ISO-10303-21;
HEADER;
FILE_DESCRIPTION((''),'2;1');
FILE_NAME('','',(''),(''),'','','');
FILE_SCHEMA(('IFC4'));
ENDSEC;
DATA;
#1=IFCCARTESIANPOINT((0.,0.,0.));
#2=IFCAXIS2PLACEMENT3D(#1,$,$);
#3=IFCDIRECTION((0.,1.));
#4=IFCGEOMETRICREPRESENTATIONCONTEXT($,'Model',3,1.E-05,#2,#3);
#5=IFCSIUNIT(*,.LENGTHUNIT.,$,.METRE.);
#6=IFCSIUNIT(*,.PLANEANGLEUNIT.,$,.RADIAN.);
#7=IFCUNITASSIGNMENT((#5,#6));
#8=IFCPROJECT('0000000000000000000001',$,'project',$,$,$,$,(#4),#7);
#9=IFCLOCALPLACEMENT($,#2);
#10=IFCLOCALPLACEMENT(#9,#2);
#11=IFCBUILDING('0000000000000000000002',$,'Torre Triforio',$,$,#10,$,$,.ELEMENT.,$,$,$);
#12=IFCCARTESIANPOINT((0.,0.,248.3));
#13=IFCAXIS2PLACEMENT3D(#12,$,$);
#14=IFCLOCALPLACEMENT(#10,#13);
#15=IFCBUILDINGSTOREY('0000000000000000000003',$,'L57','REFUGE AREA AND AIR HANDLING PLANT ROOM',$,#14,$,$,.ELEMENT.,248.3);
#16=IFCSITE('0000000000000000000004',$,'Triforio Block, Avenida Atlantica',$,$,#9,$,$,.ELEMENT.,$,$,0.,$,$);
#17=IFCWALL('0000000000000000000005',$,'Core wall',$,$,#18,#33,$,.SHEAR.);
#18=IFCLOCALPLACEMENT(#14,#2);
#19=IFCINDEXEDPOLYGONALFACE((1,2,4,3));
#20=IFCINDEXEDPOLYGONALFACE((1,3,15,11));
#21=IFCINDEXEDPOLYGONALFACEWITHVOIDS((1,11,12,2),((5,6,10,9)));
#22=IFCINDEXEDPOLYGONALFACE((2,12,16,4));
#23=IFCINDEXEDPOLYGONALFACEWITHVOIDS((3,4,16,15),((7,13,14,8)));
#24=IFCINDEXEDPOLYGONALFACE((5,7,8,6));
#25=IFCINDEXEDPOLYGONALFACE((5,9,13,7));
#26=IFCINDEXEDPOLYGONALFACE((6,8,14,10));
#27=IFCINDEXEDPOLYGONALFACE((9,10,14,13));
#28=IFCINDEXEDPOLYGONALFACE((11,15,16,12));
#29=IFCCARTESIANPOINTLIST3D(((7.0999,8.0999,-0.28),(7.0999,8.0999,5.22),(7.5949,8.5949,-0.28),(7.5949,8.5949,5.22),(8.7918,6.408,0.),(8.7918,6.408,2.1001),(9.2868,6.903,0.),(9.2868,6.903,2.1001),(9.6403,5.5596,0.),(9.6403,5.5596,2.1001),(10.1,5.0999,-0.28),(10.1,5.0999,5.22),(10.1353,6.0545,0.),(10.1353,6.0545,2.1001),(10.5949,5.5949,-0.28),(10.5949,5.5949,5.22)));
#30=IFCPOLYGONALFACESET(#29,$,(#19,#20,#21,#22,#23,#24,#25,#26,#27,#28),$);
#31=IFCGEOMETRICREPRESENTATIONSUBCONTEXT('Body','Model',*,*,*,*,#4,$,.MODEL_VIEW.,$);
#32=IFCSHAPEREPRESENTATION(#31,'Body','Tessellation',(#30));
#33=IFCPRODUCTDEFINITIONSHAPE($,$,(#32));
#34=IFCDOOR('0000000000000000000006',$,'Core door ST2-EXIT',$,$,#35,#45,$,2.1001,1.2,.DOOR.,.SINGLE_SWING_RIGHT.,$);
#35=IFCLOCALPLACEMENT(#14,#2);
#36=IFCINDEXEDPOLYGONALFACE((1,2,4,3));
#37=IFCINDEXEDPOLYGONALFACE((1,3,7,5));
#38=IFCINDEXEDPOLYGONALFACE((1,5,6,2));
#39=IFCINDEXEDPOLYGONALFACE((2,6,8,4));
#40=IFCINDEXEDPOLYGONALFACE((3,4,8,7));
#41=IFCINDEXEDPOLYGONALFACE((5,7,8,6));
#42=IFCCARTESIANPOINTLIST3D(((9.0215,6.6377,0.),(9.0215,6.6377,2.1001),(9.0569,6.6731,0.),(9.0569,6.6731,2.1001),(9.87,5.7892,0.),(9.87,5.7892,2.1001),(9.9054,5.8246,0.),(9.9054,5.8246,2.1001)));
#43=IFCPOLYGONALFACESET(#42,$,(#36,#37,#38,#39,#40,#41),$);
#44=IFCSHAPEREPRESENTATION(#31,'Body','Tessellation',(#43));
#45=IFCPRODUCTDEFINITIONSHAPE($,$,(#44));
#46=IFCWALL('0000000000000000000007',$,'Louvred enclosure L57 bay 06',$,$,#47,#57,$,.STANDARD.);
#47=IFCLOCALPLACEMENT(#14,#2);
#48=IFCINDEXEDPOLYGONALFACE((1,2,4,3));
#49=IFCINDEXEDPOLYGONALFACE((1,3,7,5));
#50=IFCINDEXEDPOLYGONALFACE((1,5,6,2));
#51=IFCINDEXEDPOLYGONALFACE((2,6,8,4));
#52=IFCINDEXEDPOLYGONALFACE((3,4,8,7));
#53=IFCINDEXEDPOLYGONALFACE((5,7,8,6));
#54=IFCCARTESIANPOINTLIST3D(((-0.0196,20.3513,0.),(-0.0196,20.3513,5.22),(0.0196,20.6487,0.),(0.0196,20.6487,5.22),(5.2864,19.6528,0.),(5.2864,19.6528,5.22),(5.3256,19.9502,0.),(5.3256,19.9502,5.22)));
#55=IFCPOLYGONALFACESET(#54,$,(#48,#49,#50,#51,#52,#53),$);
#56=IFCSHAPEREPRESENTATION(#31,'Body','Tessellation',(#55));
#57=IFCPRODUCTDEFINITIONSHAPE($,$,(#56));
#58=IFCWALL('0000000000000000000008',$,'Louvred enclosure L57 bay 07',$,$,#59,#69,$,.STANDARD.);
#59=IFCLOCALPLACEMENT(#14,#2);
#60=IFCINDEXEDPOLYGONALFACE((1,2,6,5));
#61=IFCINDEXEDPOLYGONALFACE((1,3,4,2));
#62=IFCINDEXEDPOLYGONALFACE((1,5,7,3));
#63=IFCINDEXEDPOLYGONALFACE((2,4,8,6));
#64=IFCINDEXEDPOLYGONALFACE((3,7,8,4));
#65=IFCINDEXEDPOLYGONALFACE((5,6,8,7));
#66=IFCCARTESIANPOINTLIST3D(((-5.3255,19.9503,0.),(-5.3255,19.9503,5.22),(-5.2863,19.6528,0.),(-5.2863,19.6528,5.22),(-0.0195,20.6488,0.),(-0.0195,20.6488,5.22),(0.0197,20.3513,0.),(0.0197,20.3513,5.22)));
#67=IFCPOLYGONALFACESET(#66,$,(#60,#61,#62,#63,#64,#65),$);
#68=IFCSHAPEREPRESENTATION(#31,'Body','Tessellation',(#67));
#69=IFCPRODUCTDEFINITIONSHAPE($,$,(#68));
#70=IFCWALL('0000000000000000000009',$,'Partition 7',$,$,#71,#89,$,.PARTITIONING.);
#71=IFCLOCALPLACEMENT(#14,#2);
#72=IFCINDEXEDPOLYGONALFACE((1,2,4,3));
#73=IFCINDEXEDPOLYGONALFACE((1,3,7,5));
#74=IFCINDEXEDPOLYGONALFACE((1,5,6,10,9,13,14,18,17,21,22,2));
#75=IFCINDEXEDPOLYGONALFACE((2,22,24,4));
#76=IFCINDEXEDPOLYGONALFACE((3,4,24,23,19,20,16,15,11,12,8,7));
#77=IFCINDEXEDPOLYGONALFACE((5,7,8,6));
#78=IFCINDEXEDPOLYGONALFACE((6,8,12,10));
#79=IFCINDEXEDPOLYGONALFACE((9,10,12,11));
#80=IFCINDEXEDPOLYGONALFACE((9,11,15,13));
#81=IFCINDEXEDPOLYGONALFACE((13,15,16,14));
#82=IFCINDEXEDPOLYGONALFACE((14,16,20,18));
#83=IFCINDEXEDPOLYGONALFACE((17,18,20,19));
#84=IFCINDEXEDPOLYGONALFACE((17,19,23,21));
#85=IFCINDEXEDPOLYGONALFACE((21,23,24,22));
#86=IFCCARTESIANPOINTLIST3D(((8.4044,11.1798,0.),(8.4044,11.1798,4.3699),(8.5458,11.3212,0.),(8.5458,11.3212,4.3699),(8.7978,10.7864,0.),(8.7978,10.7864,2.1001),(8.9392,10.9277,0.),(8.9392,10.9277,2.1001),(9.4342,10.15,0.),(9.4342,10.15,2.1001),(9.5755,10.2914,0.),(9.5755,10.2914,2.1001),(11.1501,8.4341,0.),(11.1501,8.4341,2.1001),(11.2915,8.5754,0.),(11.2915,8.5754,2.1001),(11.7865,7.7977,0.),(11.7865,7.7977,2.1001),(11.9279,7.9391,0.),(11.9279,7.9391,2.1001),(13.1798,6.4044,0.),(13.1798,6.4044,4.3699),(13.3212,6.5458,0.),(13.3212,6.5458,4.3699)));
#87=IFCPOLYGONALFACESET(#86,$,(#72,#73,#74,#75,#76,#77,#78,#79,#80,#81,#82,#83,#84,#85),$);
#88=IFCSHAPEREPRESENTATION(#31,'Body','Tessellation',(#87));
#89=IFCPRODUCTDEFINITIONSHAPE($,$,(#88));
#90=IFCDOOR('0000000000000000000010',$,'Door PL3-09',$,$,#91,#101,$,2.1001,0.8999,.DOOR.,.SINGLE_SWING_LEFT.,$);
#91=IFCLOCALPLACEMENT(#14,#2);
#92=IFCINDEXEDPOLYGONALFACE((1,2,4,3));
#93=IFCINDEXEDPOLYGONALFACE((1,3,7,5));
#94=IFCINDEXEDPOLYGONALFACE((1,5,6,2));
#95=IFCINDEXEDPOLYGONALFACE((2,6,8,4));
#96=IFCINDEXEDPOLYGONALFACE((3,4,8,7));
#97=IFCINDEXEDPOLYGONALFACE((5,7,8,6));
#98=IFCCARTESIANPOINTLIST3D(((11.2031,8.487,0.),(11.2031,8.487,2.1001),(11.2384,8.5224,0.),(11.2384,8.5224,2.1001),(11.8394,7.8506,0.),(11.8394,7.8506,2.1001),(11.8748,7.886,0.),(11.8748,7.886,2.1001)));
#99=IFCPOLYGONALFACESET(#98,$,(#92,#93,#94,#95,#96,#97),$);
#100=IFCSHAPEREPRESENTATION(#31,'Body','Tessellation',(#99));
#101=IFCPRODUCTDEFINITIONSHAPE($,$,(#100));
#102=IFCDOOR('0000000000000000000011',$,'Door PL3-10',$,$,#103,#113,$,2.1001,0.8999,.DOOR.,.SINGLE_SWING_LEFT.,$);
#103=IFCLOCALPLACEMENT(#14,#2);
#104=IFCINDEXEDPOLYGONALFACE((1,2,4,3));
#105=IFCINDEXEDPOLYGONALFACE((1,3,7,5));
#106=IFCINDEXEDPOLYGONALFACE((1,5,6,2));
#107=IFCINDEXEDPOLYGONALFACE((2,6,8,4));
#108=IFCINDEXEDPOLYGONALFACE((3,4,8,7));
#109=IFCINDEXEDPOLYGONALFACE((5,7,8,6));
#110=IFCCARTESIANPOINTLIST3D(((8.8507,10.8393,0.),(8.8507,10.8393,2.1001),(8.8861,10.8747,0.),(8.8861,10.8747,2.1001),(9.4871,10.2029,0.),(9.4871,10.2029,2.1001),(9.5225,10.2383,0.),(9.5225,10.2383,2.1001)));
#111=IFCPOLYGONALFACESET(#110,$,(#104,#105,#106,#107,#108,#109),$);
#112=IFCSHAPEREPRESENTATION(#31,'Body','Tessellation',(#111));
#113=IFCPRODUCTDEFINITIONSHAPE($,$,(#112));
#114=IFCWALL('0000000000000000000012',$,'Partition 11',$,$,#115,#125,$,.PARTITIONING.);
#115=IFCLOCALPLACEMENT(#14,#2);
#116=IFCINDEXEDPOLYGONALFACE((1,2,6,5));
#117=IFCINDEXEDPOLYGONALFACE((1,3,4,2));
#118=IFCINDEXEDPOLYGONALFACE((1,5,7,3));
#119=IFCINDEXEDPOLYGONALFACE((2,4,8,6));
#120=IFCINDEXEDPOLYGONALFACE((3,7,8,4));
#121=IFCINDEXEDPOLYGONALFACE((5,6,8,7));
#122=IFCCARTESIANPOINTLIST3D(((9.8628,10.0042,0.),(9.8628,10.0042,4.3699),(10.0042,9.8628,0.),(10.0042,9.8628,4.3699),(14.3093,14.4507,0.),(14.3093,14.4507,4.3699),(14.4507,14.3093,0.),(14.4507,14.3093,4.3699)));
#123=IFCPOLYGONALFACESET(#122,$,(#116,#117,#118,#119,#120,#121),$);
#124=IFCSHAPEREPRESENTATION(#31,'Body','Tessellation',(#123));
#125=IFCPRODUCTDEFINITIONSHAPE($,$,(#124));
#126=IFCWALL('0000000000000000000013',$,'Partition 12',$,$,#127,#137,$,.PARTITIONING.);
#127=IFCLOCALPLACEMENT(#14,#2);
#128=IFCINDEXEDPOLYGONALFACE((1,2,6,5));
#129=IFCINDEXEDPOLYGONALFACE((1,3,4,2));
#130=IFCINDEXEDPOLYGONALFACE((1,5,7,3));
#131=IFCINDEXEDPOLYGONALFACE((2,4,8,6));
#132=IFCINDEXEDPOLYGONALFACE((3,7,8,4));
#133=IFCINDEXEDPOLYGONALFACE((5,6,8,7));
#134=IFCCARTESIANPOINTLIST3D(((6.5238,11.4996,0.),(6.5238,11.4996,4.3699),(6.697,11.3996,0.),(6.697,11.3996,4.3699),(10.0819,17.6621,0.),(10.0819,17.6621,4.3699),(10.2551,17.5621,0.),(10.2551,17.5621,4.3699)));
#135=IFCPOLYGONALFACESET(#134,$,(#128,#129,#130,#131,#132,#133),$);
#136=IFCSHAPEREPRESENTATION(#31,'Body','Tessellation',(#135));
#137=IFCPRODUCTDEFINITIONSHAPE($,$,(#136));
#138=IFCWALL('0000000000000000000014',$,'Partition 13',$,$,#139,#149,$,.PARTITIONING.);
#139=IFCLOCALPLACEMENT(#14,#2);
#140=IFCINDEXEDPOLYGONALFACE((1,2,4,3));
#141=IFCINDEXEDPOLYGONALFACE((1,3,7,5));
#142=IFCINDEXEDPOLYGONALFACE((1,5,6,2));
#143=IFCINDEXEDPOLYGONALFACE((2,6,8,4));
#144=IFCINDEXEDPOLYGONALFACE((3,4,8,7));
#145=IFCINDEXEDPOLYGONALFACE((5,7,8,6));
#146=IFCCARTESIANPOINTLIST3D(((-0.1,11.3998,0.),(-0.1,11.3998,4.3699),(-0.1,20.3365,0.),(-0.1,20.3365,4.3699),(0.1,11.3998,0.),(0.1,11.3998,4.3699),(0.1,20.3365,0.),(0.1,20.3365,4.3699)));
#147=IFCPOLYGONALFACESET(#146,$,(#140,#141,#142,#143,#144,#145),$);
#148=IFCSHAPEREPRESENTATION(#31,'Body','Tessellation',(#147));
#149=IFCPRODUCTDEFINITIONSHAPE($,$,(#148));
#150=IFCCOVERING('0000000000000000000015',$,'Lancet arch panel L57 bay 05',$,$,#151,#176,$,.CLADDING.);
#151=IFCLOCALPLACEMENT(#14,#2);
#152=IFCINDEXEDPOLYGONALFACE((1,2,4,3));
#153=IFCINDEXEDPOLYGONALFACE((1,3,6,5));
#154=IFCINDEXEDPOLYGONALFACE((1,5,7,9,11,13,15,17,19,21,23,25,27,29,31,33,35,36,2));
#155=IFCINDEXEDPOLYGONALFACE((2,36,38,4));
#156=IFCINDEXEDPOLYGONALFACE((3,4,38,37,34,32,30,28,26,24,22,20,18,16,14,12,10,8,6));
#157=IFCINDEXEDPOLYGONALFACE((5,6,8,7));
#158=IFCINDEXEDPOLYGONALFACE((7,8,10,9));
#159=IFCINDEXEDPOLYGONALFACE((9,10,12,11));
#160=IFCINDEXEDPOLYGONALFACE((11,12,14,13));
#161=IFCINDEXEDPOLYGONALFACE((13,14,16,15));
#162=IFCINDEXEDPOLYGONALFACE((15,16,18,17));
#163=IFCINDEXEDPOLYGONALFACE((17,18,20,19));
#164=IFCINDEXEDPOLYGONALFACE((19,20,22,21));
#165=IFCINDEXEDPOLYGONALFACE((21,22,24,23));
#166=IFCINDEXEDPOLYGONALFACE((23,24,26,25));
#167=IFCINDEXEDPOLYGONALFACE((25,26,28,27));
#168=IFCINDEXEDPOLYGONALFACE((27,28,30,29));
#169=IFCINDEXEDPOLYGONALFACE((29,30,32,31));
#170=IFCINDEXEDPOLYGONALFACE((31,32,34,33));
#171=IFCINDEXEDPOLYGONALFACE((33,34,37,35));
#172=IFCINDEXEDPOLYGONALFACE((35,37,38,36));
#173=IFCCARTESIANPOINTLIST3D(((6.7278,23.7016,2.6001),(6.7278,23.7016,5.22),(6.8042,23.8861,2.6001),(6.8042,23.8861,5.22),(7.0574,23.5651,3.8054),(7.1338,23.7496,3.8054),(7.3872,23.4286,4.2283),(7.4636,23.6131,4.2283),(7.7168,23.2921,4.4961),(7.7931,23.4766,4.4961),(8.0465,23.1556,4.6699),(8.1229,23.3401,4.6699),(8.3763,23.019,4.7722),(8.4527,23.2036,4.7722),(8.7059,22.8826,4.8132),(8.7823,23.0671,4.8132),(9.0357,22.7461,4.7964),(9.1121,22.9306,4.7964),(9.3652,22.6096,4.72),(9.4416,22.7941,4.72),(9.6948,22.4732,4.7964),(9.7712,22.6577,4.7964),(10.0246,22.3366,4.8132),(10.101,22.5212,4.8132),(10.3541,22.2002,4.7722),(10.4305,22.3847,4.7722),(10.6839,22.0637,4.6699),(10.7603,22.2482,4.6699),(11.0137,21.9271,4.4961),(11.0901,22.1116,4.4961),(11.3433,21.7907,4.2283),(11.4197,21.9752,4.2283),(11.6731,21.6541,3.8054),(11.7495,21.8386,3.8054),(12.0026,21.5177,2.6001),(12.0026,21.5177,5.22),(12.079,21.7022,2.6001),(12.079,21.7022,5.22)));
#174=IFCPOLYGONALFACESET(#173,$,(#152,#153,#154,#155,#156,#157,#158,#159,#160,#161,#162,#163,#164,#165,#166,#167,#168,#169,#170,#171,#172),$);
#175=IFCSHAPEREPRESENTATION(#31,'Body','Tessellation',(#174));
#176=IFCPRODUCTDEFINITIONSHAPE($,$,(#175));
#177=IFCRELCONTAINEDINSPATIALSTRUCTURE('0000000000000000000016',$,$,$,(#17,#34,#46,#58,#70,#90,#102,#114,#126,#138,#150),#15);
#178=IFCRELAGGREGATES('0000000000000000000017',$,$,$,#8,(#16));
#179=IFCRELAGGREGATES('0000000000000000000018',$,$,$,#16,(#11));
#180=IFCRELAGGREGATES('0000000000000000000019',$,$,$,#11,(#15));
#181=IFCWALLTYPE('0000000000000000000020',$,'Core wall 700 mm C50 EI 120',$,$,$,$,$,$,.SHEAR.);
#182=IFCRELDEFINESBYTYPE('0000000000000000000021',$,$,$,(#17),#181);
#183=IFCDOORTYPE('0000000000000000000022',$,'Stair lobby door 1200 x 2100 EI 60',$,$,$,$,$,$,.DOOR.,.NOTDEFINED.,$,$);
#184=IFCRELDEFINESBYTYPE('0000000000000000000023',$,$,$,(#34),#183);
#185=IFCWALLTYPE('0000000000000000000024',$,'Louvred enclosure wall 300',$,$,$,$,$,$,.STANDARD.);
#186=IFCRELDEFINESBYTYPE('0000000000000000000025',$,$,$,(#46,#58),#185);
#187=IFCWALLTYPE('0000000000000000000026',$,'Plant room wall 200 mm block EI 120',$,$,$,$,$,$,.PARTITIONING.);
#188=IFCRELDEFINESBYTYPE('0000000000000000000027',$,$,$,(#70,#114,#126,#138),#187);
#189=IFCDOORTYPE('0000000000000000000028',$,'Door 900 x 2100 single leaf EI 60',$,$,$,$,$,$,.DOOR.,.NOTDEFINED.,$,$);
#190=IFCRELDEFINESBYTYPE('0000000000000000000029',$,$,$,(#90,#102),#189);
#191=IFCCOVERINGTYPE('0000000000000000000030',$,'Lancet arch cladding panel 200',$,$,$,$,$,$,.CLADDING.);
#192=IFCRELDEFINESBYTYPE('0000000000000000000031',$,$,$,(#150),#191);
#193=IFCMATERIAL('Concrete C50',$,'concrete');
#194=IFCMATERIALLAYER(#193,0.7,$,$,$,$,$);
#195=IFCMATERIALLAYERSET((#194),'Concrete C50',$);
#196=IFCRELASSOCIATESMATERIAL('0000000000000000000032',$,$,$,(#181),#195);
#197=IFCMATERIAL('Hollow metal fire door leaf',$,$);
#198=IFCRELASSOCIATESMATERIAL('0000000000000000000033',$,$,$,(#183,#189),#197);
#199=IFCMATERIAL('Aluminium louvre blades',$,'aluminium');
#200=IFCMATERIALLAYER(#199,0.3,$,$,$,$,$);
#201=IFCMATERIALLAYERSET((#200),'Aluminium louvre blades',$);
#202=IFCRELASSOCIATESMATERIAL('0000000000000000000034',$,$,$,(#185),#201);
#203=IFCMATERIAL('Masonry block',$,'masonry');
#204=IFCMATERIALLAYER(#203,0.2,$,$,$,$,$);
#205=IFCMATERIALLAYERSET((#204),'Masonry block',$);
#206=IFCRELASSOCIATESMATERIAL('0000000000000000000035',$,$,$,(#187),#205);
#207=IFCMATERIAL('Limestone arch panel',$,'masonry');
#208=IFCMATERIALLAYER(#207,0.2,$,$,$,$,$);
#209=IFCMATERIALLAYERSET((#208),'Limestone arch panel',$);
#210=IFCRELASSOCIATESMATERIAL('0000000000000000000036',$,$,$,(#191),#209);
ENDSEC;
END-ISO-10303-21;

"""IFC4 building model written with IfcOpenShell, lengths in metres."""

from ifc_helpers import new_model, si_unit, direction, frame, frame_2d, origin, place, context, subcontext, project, spatial, polyline, rectangle, outline, extrude, material, layer, layer_set, type_object, element, fill, save


model = new_model("IFC4")

# Units and contexts
model_context = context("Model", 3, precision=1e-05, world=origin(), true_north=direction((0.0, 1.0)))
body_context = subcontext(model_context, "Body", "Model", "MODEL_VIEW")
ifc_project = project(units=[si_unit("LENGTHUNIT", "METRE"), si_unit("PLANEANGLEUNIT", "RADIAN")], contexts=[model_context])

# Site, building, storey
site_placement = place(None, origin())
site = spatial("IfcSite", under=ifc_project, at=site_placement, Name="Triforio Block, Avenida Atlantica", CompositionType="ELEMENT", RefElevation=0.0)
building_placement = place(site_placement, origin())
building = spatial("IfcBuilding", under=site, at=building_placement, Name="Torre Triforio", CompositionType="ELEMENT")
storey_placement = place(building_placement, frame((0.0, 0.0, 248.3)))
storey = spatial("IfcBuildingStorey", under=building, at=storey_placement, Name="L57", Description="REFUGE AREA AND AIR HANDLING PLANT ROOM", CompositionType="ELEMENT", Elevation=248.3)

# Shared definitions
ifc_material_1 = material(Name="Concrete C50", Category="concrete")

# Wall, opening, door
ifc_layer_1 = layer(ifc_material_1, 0.7)
ifc_layer_set_1 = layer_set([ifc_layer_1], Name="Concrete C50")
wall_type_1 = type_object("IfcWallType", Name="Core wall 700 mm C50 EI 120", PredefinedType="SHEAR", material=ifc_layer_set_1)
wall_1_placement = place(storey_placement, frame((7.3474, 8.3474, -0.28), z_axis=(0.0, 0.0, 1.0), x_axis=(0.707107, -0.707107, 0.0)))
wall_1 = element("IfcWall", 1, at=wall_1_placement, inside=storey, type_object=wall_type_1, Name="Core wall", PredefinedType="SHEAR", context=body_context, shape_type="SweptSolid", body=[
    extrude(rectangle(XDim=4.2427, YDim=0.7, at=frame_2d((2.1213, 0.0))), origin(), (0.0, 0.0, 1.0), 5.5),
])
opening_1_placement = place(wall_1_placement, frame((2.3926, 0.0, 0.28)))
opening_1 = element("IfcOpeningElement", 2, at=opening_1_placement, cuts=wall_1, PredefinedType="OPENING", context=body_context, shape_type="SweptSolid", body=[
    extrude(rectangle(XDim=1.2, YDim=2.1001, at=frame_2d((0.6001, 1.05))), frame((0.0, 0.3599, 0.0), z_axis=(0.0, -1.0, 0.0), x_axis=(1.0, 0.0, 0.0)), (0.0, 0.0, 1.0), 0.72),
])
ifc_material_2 = material(Name="Hollow metal fire door leaf")
door_type_1 = type_object("IfcDoorType", Name="Stair lobby door 1200 x 2100 EI 60", OperationType="NOTDEFINED", PredefinedType="DOOR", material=ifc_material_2)
door_1_placement = place(opening_1_placement, origin())
door_1 = element("IfcDoor", 3, at=door_1_placement, inside=storey, type_object=door_type_1, Name="Core door ST2-EXIT", OperationType="SINGLE_SWING_RIGHT", OverallHeight=2.1001, OverallWidth=1.2, PredefinedType="DOOR", context=body_context, shape_type="SweptSolid", body=[
    extrude(rectangle(XDim=1.2, YDim=2.1001, at=frame_2d((0.6001, 1.05))), frame((0.0, 0.0249, 0.0), z_axis=(0.0, -1.0, 0.0), x_axis=(1.0, 0.0, 0.0)), (0.0, 0.0, 1.0), 0.05),
])
fill(opening_1, door_1)
ifc_material_3 = material(Name="Aluminium louvre blades", Category="aluminium")
ifc_layer_2 = layer(ifc_material_3, 0.3)
ifc_layer_set_2 = layer_set([ifc_layer_2], Name="Aluminium louvre blades")
wall_type_2 = type_object("IfcWallType", Name="Louvred enclosure wall 300", PredefinedType="STANDARD", material=ifc_layer_set_2)

# Walls
for number, where, z_axis, x_axis, name in (
    (4, (5.3059, 19.8015, 0.0), (0.0, 0.0, 1.0), (-0.991446, 0.130517, 0.0), "Louvred enclosure L57 bay 06"),
    (5, (0.0, 20.5, 0.0), (0.0, 0.0, 1.0), (-0.991446, -0.130517, 0.0), "Louvred enclosure L57 bay 07"),
):
    element("IfcWall", number, at=place(storey_placement, frame(where, z_axis=z_axis, x_axis=x_axis)), inside=storey, type_object=wall_type_2, Name=name, PredefinedType="STANDARD", context=body_context, shape_type="SweptSolid", body=[
        extrude(rectangle(XDim=5.3518, YDim=0.3, at=frame_2d((2.6758, 0.0))), origin(), (0.0, 0.0, 1.0), 5.22),
    ])

# Wall, openings, doors
ifc_material_4 = material(Name="Masonry block", Category="masonry")
ifc_layer_3 = layer(ifc_material_4, 0.2)
ifc_layer_set_3 = layer_set([ifc_layer_3], Name="Masonry block")
wall_type_3 = type_object("IfcWallType", Name="Plant room wall 200 mm block EI 120", PredefinedType="PARTITIONING", material=ifc_layer_set_3)
wall_2_placement = place(storey_placement, frame((8.4751, 11.2505, 0.0), z_axis=(0.0, 0.0, 1.0), x_axis=(0.707107, -0.707107, 0.0)))
wall_2 = element("IfcWall", 6, at=wall_2_placement, inside=storey, type_object=wall_type_3, Name="Partition 7", PredefinedType="PARTITIONING", context=body_context, shape_type="SweptSolid", body=[
    extrude(rectangle(XDim=6.7534, YDim=0.2, at=frame_2d((3.3767, 0.0))), origin(), (0.0, 0.0, 1.0), 4.3699),
])
opening_2_placement = place(wall_2_placement, frame((3.8831, 0.0, 0.0)))
opening_2 = element("IfcOpeningElement", 7, at=opening_2_placement, cuts=wall_2, PredefinedType="OPENING", context=body_context, shape_type="SweptSolid", body=[
    extrude(rectangle(XDim=0.8999, YDim=2.1001, at=frame_2d((0.45, 1.05))), frame((0.0, 0.1099, 0.0), z_axis=(0.0, -1.0, 0.0), x_axis=(1.0, 0.0, 0.0)), (0.0, 0.0, 1.0), 0.22),
])
opening_3_placement = place(wall_2_placement, frame((0.5564, 0.0, 0.0)))
opening_3 = element("IfcOpeningElement", 8, at=opening_3_placement, cuts=wall_2, PredefinedType="OPENING", context=body_context, shape_type="SweptSolid", body=[
    extrude(rectangle(XDim=0.8999, YDim=2.1001, at=frame_2d((0.45, 1.05))), frame((0.0, 0.1099, 0.0), z_axis=(0.0, -1.0, 0.0), x_axis=(1.0, 0.0, 0.0)), (0.0, 0.0, 1.0), 0.22),
])
door_type_2 = type_object("IfcDoorType", Name="Door 900 x 2100 single leaf EI 60", OperationType="NOTDEFINED", PredefinedType="DOOR", material=ifc_material_2)
door_2_placement = place(opening_2_placement, origin())
door_2 = element("IfcDoor", 9, at=door_2_placement, inside=storey, type_object=door_type_2, Name="Door PL3-09", OperationType="SINGLE_SWING_LEFT", OverallHeight=2.1001, OverallWidth=0.8999, PredefinedType="DOOR", context=body_context, shape_type="SweptSolid", body=[
    extrude(rectangle(XDim=0.8999, YDim=2.1001, at=frame_2d((0.45, 1.05))), frame((0.0, 0.0249, 0.0), z_axis=(0.0, -1.0, 0.0), x_axis=(1.0, 0.0, 0.0)), (0.0, 0.0, 1.0), 0.05),
])
fill(opening_2, door_2)
door_3_placement = place(opening_3_placement, origin())
door_3 = element("IfcDoor", 10, at=door_3_placement, inside=storey, type_object=door_type_2, Name="Door PL3-10", OperationType="SINGLE_SWING_LEFT", OverallHeight=2.1001, OverallWidth=0.8999, PredefinedType="DOOR", context=body_context, shape_type="SweptSolid", body=[
    extrude(rectangle(XDim=0.8999, YDim=2.1001, at=frame_2d((0.45, 1.05))), frame((0.0, 0.0249, 0.0), z_axis=(0.0, -1.0, 0.0), x_axis=(1.0, 0.0, 0.0)), (0.0, 0.0, 1.0), 0.05),
])
fill(opening_3, door_3)

# Walls
wall_3_placement = place(storey_placement, frame((9.9336, 9.9336, 0.0), z_axis=(0.0, 0.0, 1.0), x_axis=(0.707107, 0.707107, 0.0)))
element("IfcWall", 11, at=wall_3_placement, inside=storey, type_object=wall_type_3, Name="Partition 11", PredefinedType="PARTITIONING", context=body_context, shape_type="SweptSolid", body=[
    extrude(rectangle(XDim=6.2883, YDim=0.2, at=frame_2d((3.144, 0.0))), origin(), (0.0, 0.0, 1.0), 4.3699),
])
wall_4_placement = place(storey_placement, frame((6.6104, 11.4495, 0.0), z_axis=(0.0, 0.0, 1.0), x_axis=(0.500013, 0.866018, 0.0)))
element("IfcWall", 12, at=wall_4_placement, inside=storey, type_object=wall_type_3, Name="Partition 12", PredefinedType="PARTITIONING", context=body_context, shape_type="SweptSolid", body=[
    extrude(rectangle(XDim=7.116, YDim=0.2, at=frame_2d((3.5581, 0.0))), origin(), (0.0, 0.0, 1.0), 4.3699),
])
wall_5_placement = place(storey_placement, frame((0.0, 11.3999, 0.0), z_axis=(0.0, 0.0, 1.0), x_axis=(0.0, 1.0, 0.0)))
element("IfcWall", 13, at=wall_5_placement, inside=storey, type_object=wall_type_3, Name="Partition 13", PredefinedType="PARTITIONING", context=body_context, shape_type="SweptSolid", body=[
    extrude(rectangle(XDim=8.9368, YDim=0.2, at=frame_2d((4.4683, 0.0))), origin(), (0.0, 0.0, 1.0), 4.3699),
])

# Covering
ifc_material_5 = material(Name="Limestone arch panel", Category="masonry")
ifc_layer_4 = layer(ifc_material_5, 0.2)
ifc_layer_set_4 = layer_set([ifc_layer_4], Name="Limestone arch panel")
covering_type_1 = type_object("IfcCoveringType", Name="Lancet arch cladding panel 200", PredefinedType="CLADDING", material=ifc_layer_set_4)
covering_1_placement = place(storey_placement, frame((9.3652, 22.6096, 0.0), z_axis=(0.382532, 0.923942, 0.0), x_axis=(-0.923942, 0.382532, 0.0)))
element("IfcCovering", 14, at=covering_1_placement, inside=storey, type_object=covering_type_1, Name="Lancet arch panel L57 bay 05", PredefinedType="CLADDING", context=body_context, shape_type="SweptSolid", body=[
    extrude(outline(polyline([(-2.8545, 5.22), (-2.8545, 2.6001), (-2.4978, 3.8054), (-2.1409, 4.2283), (-1.7842, 4.4961), (-1.4272, 4.6699), (-1.0703, 4.7722), (-0.7136, 4.8132), (-0.3567, 4.7964), (0.0, 4.72), (0.3567, 4.7964), (0.7136, 4.8132), (1.0703, 4.7722), (1.4272, 4.6699), (1.7842, 4.4961), (2.1409, 4.2283), (2.4978, 3.8054), (2.8545, 2.6001), (2.8545, 5.22), (-2.8545, 5.22)])), origin(), (0.0, 0.0, 1.0), 0.1997),
])

save(model, "model.ifc")
